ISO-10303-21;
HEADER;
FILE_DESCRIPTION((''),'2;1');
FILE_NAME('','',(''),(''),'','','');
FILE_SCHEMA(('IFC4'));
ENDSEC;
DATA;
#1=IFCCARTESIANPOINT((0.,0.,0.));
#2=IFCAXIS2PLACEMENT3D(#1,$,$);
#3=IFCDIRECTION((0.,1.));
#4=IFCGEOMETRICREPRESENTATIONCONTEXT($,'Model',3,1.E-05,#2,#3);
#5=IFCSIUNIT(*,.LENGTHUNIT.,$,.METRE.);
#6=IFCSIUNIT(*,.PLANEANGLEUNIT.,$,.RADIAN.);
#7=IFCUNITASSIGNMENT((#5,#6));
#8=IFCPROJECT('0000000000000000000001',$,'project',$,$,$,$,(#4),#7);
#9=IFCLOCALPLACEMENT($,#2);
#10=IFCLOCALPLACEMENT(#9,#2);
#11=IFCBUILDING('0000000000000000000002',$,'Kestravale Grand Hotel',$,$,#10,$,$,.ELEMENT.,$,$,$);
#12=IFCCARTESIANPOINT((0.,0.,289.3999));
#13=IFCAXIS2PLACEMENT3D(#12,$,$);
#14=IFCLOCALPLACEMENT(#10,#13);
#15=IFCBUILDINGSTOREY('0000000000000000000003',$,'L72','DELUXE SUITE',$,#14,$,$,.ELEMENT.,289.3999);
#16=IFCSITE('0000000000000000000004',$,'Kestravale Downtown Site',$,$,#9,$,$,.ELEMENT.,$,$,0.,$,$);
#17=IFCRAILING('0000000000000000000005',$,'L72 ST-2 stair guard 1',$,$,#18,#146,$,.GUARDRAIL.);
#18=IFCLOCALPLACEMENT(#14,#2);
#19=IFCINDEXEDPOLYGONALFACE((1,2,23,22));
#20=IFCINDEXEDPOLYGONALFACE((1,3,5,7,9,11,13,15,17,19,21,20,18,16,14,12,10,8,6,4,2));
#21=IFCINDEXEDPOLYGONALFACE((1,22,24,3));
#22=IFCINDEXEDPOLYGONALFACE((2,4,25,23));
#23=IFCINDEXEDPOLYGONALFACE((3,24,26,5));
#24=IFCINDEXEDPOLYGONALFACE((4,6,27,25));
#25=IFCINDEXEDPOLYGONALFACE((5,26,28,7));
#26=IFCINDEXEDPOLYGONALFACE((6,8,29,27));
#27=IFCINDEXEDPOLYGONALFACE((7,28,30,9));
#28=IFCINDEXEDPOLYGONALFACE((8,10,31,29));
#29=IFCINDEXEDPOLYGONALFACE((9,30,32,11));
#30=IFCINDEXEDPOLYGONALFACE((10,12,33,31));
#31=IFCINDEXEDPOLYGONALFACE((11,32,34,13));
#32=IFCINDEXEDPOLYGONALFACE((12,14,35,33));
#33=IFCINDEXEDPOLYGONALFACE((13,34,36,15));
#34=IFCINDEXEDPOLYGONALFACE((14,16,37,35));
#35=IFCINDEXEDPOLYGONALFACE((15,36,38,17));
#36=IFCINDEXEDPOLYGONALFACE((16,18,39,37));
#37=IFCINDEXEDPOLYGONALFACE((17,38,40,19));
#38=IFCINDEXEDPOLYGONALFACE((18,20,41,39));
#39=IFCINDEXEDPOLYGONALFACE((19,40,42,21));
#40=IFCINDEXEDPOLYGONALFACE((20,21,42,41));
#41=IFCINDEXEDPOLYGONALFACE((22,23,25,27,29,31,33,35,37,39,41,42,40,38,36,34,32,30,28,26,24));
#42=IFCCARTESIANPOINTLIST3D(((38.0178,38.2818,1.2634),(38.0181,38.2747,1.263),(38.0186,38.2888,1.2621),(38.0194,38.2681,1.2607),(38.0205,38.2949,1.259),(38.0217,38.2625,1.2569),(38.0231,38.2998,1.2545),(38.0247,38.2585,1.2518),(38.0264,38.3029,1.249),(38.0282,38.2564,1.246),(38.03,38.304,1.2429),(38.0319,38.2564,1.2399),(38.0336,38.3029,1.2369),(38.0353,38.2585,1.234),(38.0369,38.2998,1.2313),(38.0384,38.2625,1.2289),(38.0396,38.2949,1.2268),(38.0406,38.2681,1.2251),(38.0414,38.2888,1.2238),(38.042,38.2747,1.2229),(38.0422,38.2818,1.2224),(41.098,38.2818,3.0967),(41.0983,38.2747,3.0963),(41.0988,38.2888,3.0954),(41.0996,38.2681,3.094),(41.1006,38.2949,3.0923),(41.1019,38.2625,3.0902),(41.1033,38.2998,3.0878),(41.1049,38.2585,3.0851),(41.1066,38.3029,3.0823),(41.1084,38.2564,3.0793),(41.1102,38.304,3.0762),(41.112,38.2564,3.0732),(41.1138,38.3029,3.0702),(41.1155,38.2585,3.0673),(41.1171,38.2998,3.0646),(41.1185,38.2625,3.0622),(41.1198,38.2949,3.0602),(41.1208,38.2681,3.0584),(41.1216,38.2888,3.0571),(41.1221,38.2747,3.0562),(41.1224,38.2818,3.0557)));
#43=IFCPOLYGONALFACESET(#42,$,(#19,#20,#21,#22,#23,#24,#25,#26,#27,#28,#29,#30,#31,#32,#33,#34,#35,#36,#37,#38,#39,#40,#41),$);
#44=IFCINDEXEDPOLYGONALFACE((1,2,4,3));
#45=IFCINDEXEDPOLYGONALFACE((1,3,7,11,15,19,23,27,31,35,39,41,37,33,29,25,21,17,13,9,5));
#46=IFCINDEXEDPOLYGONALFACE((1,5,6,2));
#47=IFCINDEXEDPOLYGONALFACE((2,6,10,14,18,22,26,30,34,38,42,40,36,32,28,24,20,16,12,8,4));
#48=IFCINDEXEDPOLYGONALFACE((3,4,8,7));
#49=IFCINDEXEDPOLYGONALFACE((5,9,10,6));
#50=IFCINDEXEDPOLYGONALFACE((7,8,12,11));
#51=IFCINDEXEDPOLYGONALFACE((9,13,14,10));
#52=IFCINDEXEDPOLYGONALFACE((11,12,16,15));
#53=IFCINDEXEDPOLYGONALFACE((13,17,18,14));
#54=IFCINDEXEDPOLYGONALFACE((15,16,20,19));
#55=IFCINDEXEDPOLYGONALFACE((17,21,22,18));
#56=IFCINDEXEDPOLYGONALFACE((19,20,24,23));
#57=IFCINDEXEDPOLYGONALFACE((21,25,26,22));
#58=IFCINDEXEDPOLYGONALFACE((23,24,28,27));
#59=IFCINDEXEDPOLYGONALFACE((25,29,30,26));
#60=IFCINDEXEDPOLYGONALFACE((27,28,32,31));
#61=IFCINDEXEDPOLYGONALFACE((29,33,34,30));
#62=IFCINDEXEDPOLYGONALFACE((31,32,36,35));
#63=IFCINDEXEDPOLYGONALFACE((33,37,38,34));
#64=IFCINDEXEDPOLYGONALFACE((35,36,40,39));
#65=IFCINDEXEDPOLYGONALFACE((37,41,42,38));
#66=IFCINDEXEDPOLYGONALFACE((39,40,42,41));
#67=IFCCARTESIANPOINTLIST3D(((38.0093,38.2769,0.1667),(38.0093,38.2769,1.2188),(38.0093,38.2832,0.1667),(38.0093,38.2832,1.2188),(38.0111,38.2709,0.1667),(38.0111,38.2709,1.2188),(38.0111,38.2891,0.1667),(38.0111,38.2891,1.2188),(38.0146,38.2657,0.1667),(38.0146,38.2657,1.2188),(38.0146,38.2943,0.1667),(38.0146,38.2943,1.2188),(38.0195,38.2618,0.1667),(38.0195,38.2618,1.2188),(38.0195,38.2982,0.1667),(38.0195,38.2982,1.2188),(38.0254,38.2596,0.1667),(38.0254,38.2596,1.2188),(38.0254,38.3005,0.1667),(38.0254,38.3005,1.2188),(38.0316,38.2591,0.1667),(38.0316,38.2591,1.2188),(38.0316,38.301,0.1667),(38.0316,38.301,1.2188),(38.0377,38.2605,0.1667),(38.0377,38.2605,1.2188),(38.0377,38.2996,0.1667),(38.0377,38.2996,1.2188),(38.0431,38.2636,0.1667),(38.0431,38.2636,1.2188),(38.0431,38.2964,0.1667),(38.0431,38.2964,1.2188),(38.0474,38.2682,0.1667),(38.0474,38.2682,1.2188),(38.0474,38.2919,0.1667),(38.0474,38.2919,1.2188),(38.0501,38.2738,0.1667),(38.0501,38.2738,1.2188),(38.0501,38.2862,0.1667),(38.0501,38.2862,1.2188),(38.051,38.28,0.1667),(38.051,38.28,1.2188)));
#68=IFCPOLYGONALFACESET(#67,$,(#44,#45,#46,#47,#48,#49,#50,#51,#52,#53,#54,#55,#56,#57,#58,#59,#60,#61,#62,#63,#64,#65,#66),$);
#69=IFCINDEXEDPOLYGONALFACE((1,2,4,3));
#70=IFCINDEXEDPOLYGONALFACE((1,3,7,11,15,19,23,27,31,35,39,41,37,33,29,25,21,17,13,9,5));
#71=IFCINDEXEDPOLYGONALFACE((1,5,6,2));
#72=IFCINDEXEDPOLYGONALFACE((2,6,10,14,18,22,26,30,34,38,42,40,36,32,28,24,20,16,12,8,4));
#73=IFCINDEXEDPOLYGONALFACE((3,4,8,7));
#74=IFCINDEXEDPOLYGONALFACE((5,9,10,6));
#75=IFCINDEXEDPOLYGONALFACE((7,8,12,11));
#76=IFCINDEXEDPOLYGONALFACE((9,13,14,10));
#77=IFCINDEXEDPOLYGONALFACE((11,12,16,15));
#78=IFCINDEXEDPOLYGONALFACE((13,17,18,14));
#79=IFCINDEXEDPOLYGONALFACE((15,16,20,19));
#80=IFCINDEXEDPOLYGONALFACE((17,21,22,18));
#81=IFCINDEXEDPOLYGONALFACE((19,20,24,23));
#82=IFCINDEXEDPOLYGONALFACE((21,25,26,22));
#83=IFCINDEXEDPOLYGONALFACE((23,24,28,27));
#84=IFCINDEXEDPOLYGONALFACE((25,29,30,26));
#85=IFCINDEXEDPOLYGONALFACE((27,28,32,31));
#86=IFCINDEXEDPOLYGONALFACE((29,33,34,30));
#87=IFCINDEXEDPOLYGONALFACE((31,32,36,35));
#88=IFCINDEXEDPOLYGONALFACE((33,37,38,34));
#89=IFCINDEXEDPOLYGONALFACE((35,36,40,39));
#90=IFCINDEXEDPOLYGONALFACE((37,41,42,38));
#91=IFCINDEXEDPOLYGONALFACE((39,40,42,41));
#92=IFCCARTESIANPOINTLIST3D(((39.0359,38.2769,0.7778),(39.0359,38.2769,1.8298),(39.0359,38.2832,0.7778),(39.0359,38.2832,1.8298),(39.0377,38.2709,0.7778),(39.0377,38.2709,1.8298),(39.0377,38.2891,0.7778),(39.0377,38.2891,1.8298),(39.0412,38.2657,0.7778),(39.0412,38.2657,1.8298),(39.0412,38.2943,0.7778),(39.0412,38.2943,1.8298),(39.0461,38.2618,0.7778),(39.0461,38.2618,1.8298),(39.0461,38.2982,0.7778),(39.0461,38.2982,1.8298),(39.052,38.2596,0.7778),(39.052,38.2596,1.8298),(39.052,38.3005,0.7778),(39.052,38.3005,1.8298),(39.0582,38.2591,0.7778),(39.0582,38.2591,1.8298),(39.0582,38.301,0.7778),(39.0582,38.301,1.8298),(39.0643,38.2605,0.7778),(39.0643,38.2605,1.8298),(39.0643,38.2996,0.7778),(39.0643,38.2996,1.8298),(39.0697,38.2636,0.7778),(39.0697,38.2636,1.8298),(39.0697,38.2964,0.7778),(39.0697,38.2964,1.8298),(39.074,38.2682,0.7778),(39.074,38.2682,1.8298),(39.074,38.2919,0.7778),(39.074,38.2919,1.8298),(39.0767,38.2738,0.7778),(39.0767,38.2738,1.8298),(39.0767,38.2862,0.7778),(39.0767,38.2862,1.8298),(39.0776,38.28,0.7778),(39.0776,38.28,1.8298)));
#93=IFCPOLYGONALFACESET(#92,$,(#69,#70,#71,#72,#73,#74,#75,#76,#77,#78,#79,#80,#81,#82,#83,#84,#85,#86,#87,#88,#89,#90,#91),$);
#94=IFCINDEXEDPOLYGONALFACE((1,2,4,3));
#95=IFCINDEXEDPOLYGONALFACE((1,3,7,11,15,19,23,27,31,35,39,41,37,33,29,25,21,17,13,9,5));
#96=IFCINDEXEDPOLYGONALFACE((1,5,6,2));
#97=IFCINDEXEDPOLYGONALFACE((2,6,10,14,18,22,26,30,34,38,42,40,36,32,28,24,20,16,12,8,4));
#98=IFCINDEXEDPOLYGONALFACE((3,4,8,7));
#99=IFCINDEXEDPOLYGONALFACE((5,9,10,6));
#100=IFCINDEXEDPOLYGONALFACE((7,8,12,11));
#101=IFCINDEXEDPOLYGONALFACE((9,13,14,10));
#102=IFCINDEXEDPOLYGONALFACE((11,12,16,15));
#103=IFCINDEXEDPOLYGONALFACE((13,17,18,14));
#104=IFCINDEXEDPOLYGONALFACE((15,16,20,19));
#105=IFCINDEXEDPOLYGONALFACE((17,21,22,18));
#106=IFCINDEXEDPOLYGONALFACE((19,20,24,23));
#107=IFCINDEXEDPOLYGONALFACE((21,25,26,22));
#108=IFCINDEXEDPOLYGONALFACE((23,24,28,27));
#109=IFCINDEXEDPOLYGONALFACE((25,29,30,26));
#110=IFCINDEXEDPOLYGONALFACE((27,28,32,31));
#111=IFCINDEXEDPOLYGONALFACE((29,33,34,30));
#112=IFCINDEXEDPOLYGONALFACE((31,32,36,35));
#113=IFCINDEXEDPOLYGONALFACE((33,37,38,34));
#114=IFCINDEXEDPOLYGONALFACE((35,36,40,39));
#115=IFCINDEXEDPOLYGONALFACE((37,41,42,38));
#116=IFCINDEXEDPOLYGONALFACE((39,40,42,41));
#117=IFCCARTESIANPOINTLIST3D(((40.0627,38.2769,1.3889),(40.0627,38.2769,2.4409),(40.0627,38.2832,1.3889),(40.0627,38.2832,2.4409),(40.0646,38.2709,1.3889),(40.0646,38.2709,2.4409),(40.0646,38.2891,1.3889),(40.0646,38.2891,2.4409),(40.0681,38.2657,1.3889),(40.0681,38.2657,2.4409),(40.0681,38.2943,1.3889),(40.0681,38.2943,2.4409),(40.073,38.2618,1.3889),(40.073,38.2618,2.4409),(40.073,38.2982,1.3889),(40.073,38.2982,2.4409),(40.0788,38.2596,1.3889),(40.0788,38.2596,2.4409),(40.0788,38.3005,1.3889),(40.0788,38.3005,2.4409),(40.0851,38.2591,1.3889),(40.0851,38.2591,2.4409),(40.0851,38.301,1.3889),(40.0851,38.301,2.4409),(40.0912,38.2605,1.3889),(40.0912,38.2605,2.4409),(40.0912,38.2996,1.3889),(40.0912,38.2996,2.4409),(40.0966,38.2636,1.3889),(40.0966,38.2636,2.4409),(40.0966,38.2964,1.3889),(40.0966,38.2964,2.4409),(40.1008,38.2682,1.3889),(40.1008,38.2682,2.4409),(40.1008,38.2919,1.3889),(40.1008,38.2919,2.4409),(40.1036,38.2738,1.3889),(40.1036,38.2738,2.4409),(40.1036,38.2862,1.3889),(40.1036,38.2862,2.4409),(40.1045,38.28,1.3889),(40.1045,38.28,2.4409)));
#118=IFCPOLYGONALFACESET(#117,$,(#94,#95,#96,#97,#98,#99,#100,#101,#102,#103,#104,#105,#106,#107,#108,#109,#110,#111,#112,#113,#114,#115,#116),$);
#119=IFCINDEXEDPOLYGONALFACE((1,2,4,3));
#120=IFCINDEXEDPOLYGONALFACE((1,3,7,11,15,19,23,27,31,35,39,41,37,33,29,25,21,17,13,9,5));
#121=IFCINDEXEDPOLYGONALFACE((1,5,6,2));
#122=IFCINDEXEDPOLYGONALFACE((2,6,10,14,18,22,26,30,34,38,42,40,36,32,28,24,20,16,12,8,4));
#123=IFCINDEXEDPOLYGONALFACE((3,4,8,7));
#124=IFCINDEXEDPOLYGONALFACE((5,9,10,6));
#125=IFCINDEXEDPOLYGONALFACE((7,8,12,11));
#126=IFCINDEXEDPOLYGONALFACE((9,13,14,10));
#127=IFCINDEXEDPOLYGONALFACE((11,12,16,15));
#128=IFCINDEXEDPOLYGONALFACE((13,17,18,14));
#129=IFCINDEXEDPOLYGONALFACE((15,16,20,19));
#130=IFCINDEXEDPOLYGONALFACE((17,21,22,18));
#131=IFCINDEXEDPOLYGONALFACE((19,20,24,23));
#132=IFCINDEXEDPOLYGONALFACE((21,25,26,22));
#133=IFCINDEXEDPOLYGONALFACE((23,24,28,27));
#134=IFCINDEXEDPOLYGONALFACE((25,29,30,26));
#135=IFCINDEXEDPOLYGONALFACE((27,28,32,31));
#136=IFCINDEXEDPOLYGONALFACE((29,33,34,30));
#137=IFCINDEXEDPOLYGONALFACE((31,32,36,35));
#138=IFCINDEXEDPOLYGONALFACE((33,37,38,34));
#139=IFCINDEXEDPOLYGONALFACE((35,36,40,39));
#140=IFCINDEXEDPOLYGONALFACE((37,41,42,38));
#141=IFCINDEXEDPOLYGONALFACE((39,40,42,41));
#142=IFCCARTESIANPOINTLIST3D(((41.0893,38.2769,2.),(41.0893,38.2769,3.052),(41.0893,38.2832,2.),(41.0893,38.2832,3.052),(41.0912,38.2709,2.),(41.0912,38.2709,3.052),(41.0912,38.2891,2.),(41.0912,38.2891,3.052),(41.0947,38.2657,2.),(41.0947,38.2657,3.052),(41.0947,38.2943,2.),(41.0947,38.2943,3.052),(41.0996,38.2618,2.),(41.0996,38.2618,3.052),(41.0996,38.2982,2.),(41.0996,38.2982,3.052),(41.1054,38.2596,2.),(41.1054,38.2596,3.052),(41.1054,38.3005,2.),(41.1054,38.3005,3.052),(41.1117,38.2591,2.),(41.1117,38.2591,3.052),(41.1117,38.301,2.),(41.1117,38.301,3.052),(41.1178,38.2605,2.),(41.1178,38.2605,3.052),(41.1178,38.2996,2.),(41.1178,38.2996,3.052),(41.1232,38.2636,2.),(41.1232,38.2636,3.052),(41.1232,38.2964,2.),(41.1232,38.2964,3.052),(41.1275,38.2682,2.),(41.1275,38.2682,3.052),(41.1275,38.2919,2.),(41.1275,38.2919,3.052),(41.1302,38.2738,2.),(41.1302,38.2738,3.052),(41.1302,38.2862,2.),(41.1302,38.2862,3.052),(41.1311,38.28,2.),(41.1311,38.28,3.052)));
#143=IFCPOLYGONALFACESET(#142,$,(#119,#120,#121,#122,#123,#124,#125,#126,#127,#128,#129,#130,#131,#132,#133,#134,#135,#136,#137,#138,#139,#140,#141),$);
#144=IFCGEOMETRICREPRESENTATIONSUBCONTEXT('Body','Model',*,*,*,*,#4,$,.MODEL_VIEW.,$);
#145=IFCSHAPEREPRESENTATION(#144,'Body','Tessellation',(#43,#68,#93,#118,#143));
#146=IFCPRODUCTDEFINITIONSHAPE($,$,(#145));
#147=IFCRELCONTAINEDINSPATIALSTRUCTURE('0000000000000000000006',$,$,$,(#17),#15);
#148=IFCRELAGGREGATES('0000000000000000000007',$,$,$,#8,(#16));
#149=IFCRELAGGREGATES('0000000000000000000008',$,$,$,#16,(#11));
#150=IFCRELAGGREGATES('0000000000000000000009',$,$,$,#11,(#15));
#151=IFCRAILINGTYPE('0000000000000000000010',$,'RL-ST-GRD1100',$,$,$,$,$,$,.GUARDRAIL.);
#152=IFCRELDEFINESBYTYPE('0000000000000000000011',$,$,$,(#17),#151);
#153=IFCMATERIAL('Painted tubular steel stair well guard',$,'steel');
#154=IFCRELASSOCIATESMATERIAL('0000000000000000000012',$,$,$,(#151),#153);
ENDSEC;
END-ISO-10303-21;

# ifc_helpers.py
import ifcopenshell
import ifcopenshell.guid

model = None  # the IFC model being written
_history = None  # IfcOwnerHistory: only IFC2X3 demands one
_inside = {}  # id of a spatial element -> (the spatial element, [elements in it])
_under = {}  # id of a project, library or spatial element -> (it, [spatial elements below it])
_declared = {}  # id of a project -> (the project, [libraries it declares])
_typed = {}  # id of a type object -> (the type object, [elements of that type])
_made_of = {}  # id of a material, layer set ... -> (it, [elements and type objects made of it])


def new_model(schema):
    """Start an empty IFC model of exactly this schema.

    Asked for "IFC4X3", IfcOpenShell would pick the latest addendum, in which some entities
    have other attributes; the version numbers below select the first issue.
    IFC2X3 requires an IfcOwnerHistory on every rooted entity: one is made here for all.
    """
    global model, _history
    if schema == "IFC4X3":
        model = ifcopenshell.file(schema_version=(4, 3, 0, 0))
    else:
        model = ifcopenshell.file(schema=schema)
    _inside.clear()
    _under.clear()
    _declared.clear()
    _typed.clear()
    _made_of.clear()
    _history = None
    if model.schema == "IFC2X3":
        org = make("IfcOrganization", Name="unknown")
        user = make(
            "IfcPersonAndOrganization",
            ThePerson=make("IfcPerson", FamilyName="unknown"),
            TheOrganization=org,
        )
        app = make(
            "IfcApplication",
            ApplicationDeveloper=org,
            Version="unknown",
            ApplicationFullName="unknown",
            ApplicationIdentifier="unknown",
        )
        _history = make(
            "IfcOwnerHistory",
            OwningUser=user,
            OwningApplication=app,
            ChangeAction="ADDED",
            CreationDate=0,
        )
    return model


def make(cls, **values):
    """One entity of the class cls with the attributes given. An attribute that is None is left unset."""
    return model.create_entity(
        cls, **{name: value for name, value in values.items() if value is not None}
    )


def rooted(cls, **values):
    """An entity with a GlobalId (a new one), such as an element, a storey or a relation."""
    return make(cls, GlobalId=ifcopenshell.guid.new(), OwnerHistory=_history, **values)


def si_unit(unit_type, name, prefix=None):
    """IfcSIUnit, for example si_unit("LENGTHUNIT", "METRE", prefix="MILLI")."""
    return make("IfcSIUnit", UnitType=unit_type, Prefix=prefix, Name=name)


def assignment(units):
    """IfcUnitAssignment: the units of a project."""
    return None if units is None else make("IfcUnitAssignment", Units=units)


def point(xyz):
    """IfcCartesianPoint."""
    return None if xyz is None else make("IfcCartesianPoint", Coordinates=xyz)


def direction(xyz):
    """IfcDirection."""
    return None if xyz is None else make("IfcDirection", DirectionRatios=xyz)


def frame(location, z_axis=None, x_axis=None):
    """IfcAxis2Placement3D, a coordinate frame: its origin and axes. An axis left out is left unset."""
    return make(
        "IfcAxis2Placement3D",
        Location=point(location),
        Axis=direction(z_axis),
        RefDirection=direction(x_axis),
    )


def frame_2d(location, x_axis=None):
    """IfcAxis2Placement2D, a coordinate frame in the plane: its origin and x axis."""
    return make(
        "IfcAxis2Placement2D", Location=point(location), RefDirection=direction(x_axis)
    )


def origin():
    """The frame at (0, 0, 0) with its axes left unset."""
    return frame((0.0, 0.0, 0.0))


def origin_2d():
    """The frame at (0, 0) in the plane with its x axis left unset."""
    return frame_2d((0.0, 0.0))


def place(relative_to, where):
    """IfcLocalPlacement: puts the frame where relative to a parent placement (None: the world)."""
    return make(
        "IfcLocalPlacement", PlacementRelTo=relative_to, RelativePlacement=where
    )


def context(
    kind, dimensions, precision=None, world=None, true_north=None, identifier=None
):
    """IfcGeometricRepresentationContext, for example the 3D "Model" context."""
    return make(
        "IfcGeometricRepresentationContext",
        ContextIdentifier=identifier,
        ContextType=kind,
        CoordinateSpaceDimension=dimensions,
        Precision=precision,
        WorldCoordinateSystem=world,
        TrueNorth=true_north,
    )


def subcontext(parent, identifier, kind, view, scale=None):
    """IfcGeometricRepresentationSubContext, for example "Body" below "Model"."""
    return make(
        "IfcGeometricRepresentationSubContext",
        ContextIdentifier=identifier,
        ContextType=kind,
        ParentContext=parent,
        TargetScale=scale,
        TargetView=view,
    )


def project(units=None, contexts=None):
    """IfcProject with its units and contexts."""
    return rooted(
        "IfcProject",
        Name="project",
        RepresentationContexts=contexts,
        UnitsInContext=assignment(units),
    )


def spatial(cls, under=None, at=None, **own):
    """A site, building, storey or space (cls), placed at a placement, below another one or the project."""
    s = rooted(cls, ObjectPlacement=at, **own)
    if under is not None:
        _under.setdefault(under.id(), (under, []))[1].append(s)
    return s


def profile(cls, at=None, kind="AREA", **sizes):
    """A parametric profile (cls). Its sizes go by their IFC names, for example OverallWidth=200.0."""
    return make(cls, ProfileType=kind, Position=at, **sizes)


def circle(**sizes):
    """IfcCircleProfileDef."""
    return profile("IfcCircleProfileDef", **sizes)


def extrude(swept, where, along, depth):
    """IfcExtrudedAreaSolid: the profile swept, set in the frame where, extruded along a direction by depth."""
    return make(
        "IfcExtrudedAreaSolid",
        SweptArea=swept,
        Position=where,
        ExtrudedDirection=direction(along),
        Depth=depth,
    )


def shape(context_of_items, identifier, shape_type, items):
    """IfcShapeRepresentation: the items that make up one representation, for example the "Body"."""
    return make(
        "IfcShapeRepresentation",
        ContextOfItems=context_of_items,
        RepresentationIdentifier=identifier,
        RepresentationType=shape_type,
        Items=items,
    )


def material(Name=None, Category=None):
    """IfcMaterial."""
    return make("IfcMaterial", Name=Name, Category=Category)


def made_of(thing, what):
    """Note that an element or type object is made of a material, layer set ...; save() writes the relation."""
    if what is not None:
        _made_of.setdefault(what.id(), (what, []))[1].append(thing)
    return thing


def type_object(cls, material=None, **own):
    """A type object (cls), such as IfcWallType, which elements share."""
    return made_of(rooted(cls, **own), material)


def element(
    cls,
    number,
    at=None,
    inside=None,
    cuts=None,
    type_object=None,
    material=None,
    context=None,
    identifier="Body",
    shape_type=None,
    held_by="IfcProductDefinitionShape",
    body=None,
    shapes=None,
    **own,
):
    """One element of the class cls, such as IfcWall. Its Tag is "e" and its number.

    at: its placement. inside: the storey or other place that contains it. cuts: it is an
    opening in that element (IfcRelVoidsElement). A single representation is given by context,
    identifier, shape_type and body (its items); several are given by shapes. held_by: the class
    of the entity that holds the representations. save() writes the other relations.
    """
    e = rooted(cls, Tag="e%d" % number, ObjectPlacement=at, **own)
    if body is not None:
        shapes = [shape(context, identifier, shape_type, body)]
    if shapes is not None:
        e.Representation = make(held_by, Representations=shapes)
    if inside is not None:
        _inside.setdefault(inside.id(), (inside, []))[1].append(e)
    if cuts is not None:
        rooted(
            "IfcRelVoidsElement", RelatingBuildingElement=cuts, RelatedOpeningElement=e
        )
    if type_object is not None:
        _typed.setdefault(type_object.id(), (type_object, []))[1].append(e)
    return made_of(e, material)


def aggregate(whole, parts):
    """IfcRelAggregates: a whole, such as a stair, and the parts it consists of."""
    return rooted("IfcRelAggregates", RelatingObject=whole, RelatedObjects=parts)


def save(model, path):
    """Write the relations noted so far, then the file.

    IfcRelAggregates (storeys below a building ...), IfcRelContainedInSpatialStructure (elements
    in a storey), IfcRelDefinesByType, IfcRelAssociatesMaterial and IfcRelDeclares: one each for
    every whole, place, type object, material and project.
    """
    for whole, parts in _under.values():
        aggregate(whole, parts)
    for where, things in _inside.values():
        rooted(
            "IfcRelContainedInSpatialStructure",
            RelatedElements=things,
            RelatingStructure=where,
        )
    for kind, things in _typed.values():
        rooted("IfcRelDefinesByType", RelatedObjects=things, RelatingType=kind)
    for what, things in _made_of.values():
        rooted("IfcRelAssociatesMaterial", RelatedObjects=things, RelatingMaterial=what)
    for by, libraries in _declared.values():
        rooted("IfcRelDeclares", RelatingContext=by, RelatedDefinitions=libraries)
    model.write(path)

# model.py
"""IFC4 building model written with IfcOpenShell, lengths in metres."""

from ifc_helpers import new_model, si_unit, direction, frame, origin, origin_2d, place, context, subcontext, project, spatial, circle, extrude, material, type_object, element, save


model = new_model("IFC4")

# Units and contexts
model_context = context("Model", 3, precision=1e-05, world=origin(), true_north=direction((0.0, 1.0)))
body_context = subcontext(model_context, "Body", "Model", "MODEL_VIEW")
ifc_project = project(units=[si_unit("LENGTHUNIT", "METRE"), si_unit("PLANEANGLEUNIT", "RADIAN")], contexts=[model_context])

# Site, building, storey
site_placement = place(None, origin())
site = spatial("IfcSite", under=ifc_project, at=site_placement, Name="Kestravale Downtown Site", CompositionType="ELEMENT", RefElevation=0.0)
building_placement = place(site_placement, origin())
building = spatial("IfcBuilding", under=site, at=building_placement, Name="Kestravale Grand Hotel", CompositionType="ELEMENT")
storey_placement = place(building_placement, frame((0.0, 0.0, 289.3999)))
storey = spatial("IfcBuildingStorey", under=building, at=storey_placement, Name="L72", Description="DELUXE SUITE", CompositionType="ELEMENT", Elevation=289.3999)

# Railing
ifc_material_1 = material(Name="Painted tubular steel stair well guard", Category="steel")
railing_type_1 = type_object("IfcRailingType", Name="RL-ST-GRD1100", PredefinedType="GUARDRAIL", material=ifc_material_1)
railing_1_placement = place(storey_placement, frame((38.03, 38.28, 0.1667)))
element("IfcRailing", 1, at=railing_1_placement, inside=storey, type_object=railing_type_1, Name="L72 ST-2 stair guard 1", PredefinedType="GUARDRAIL", context=body_context, shape_type="SweptSolid", body=[
    extrude(circle(Radius=0.0239, at=origin_2d()), frame((0.0, 0.0, 1.0762), z_axis=(0.859309, 0.0, 0.511458), x_axis=(0.0, 1.0, 0.0)), (0.0, 0.0, 1.0), 3.5845),
    extrude(circle(Radius=0.021, at=origin_2d()), origin(), (0.0, 0.0, 1.0), 1.052),
    extrude(circle(Radius=0.021, at=origin_2d()), frame((1.0266, 0.0, 0.6111)), (0.0, 0.0, 1.0), 1.052),
    extrude(circle(Radius=0.021, at=origin_2d()), frame((2.0535, 0.0, 1.2222)), (0.0, 0.0, 1.0), 1.052),
    extrude(circle(Radius=0.021, at=origin_2d()), frame((3.0801, 0.0, 1.8333)), (0.0, 0.0, 1.0), 1.052),
])

save(model, "model.ifc")
